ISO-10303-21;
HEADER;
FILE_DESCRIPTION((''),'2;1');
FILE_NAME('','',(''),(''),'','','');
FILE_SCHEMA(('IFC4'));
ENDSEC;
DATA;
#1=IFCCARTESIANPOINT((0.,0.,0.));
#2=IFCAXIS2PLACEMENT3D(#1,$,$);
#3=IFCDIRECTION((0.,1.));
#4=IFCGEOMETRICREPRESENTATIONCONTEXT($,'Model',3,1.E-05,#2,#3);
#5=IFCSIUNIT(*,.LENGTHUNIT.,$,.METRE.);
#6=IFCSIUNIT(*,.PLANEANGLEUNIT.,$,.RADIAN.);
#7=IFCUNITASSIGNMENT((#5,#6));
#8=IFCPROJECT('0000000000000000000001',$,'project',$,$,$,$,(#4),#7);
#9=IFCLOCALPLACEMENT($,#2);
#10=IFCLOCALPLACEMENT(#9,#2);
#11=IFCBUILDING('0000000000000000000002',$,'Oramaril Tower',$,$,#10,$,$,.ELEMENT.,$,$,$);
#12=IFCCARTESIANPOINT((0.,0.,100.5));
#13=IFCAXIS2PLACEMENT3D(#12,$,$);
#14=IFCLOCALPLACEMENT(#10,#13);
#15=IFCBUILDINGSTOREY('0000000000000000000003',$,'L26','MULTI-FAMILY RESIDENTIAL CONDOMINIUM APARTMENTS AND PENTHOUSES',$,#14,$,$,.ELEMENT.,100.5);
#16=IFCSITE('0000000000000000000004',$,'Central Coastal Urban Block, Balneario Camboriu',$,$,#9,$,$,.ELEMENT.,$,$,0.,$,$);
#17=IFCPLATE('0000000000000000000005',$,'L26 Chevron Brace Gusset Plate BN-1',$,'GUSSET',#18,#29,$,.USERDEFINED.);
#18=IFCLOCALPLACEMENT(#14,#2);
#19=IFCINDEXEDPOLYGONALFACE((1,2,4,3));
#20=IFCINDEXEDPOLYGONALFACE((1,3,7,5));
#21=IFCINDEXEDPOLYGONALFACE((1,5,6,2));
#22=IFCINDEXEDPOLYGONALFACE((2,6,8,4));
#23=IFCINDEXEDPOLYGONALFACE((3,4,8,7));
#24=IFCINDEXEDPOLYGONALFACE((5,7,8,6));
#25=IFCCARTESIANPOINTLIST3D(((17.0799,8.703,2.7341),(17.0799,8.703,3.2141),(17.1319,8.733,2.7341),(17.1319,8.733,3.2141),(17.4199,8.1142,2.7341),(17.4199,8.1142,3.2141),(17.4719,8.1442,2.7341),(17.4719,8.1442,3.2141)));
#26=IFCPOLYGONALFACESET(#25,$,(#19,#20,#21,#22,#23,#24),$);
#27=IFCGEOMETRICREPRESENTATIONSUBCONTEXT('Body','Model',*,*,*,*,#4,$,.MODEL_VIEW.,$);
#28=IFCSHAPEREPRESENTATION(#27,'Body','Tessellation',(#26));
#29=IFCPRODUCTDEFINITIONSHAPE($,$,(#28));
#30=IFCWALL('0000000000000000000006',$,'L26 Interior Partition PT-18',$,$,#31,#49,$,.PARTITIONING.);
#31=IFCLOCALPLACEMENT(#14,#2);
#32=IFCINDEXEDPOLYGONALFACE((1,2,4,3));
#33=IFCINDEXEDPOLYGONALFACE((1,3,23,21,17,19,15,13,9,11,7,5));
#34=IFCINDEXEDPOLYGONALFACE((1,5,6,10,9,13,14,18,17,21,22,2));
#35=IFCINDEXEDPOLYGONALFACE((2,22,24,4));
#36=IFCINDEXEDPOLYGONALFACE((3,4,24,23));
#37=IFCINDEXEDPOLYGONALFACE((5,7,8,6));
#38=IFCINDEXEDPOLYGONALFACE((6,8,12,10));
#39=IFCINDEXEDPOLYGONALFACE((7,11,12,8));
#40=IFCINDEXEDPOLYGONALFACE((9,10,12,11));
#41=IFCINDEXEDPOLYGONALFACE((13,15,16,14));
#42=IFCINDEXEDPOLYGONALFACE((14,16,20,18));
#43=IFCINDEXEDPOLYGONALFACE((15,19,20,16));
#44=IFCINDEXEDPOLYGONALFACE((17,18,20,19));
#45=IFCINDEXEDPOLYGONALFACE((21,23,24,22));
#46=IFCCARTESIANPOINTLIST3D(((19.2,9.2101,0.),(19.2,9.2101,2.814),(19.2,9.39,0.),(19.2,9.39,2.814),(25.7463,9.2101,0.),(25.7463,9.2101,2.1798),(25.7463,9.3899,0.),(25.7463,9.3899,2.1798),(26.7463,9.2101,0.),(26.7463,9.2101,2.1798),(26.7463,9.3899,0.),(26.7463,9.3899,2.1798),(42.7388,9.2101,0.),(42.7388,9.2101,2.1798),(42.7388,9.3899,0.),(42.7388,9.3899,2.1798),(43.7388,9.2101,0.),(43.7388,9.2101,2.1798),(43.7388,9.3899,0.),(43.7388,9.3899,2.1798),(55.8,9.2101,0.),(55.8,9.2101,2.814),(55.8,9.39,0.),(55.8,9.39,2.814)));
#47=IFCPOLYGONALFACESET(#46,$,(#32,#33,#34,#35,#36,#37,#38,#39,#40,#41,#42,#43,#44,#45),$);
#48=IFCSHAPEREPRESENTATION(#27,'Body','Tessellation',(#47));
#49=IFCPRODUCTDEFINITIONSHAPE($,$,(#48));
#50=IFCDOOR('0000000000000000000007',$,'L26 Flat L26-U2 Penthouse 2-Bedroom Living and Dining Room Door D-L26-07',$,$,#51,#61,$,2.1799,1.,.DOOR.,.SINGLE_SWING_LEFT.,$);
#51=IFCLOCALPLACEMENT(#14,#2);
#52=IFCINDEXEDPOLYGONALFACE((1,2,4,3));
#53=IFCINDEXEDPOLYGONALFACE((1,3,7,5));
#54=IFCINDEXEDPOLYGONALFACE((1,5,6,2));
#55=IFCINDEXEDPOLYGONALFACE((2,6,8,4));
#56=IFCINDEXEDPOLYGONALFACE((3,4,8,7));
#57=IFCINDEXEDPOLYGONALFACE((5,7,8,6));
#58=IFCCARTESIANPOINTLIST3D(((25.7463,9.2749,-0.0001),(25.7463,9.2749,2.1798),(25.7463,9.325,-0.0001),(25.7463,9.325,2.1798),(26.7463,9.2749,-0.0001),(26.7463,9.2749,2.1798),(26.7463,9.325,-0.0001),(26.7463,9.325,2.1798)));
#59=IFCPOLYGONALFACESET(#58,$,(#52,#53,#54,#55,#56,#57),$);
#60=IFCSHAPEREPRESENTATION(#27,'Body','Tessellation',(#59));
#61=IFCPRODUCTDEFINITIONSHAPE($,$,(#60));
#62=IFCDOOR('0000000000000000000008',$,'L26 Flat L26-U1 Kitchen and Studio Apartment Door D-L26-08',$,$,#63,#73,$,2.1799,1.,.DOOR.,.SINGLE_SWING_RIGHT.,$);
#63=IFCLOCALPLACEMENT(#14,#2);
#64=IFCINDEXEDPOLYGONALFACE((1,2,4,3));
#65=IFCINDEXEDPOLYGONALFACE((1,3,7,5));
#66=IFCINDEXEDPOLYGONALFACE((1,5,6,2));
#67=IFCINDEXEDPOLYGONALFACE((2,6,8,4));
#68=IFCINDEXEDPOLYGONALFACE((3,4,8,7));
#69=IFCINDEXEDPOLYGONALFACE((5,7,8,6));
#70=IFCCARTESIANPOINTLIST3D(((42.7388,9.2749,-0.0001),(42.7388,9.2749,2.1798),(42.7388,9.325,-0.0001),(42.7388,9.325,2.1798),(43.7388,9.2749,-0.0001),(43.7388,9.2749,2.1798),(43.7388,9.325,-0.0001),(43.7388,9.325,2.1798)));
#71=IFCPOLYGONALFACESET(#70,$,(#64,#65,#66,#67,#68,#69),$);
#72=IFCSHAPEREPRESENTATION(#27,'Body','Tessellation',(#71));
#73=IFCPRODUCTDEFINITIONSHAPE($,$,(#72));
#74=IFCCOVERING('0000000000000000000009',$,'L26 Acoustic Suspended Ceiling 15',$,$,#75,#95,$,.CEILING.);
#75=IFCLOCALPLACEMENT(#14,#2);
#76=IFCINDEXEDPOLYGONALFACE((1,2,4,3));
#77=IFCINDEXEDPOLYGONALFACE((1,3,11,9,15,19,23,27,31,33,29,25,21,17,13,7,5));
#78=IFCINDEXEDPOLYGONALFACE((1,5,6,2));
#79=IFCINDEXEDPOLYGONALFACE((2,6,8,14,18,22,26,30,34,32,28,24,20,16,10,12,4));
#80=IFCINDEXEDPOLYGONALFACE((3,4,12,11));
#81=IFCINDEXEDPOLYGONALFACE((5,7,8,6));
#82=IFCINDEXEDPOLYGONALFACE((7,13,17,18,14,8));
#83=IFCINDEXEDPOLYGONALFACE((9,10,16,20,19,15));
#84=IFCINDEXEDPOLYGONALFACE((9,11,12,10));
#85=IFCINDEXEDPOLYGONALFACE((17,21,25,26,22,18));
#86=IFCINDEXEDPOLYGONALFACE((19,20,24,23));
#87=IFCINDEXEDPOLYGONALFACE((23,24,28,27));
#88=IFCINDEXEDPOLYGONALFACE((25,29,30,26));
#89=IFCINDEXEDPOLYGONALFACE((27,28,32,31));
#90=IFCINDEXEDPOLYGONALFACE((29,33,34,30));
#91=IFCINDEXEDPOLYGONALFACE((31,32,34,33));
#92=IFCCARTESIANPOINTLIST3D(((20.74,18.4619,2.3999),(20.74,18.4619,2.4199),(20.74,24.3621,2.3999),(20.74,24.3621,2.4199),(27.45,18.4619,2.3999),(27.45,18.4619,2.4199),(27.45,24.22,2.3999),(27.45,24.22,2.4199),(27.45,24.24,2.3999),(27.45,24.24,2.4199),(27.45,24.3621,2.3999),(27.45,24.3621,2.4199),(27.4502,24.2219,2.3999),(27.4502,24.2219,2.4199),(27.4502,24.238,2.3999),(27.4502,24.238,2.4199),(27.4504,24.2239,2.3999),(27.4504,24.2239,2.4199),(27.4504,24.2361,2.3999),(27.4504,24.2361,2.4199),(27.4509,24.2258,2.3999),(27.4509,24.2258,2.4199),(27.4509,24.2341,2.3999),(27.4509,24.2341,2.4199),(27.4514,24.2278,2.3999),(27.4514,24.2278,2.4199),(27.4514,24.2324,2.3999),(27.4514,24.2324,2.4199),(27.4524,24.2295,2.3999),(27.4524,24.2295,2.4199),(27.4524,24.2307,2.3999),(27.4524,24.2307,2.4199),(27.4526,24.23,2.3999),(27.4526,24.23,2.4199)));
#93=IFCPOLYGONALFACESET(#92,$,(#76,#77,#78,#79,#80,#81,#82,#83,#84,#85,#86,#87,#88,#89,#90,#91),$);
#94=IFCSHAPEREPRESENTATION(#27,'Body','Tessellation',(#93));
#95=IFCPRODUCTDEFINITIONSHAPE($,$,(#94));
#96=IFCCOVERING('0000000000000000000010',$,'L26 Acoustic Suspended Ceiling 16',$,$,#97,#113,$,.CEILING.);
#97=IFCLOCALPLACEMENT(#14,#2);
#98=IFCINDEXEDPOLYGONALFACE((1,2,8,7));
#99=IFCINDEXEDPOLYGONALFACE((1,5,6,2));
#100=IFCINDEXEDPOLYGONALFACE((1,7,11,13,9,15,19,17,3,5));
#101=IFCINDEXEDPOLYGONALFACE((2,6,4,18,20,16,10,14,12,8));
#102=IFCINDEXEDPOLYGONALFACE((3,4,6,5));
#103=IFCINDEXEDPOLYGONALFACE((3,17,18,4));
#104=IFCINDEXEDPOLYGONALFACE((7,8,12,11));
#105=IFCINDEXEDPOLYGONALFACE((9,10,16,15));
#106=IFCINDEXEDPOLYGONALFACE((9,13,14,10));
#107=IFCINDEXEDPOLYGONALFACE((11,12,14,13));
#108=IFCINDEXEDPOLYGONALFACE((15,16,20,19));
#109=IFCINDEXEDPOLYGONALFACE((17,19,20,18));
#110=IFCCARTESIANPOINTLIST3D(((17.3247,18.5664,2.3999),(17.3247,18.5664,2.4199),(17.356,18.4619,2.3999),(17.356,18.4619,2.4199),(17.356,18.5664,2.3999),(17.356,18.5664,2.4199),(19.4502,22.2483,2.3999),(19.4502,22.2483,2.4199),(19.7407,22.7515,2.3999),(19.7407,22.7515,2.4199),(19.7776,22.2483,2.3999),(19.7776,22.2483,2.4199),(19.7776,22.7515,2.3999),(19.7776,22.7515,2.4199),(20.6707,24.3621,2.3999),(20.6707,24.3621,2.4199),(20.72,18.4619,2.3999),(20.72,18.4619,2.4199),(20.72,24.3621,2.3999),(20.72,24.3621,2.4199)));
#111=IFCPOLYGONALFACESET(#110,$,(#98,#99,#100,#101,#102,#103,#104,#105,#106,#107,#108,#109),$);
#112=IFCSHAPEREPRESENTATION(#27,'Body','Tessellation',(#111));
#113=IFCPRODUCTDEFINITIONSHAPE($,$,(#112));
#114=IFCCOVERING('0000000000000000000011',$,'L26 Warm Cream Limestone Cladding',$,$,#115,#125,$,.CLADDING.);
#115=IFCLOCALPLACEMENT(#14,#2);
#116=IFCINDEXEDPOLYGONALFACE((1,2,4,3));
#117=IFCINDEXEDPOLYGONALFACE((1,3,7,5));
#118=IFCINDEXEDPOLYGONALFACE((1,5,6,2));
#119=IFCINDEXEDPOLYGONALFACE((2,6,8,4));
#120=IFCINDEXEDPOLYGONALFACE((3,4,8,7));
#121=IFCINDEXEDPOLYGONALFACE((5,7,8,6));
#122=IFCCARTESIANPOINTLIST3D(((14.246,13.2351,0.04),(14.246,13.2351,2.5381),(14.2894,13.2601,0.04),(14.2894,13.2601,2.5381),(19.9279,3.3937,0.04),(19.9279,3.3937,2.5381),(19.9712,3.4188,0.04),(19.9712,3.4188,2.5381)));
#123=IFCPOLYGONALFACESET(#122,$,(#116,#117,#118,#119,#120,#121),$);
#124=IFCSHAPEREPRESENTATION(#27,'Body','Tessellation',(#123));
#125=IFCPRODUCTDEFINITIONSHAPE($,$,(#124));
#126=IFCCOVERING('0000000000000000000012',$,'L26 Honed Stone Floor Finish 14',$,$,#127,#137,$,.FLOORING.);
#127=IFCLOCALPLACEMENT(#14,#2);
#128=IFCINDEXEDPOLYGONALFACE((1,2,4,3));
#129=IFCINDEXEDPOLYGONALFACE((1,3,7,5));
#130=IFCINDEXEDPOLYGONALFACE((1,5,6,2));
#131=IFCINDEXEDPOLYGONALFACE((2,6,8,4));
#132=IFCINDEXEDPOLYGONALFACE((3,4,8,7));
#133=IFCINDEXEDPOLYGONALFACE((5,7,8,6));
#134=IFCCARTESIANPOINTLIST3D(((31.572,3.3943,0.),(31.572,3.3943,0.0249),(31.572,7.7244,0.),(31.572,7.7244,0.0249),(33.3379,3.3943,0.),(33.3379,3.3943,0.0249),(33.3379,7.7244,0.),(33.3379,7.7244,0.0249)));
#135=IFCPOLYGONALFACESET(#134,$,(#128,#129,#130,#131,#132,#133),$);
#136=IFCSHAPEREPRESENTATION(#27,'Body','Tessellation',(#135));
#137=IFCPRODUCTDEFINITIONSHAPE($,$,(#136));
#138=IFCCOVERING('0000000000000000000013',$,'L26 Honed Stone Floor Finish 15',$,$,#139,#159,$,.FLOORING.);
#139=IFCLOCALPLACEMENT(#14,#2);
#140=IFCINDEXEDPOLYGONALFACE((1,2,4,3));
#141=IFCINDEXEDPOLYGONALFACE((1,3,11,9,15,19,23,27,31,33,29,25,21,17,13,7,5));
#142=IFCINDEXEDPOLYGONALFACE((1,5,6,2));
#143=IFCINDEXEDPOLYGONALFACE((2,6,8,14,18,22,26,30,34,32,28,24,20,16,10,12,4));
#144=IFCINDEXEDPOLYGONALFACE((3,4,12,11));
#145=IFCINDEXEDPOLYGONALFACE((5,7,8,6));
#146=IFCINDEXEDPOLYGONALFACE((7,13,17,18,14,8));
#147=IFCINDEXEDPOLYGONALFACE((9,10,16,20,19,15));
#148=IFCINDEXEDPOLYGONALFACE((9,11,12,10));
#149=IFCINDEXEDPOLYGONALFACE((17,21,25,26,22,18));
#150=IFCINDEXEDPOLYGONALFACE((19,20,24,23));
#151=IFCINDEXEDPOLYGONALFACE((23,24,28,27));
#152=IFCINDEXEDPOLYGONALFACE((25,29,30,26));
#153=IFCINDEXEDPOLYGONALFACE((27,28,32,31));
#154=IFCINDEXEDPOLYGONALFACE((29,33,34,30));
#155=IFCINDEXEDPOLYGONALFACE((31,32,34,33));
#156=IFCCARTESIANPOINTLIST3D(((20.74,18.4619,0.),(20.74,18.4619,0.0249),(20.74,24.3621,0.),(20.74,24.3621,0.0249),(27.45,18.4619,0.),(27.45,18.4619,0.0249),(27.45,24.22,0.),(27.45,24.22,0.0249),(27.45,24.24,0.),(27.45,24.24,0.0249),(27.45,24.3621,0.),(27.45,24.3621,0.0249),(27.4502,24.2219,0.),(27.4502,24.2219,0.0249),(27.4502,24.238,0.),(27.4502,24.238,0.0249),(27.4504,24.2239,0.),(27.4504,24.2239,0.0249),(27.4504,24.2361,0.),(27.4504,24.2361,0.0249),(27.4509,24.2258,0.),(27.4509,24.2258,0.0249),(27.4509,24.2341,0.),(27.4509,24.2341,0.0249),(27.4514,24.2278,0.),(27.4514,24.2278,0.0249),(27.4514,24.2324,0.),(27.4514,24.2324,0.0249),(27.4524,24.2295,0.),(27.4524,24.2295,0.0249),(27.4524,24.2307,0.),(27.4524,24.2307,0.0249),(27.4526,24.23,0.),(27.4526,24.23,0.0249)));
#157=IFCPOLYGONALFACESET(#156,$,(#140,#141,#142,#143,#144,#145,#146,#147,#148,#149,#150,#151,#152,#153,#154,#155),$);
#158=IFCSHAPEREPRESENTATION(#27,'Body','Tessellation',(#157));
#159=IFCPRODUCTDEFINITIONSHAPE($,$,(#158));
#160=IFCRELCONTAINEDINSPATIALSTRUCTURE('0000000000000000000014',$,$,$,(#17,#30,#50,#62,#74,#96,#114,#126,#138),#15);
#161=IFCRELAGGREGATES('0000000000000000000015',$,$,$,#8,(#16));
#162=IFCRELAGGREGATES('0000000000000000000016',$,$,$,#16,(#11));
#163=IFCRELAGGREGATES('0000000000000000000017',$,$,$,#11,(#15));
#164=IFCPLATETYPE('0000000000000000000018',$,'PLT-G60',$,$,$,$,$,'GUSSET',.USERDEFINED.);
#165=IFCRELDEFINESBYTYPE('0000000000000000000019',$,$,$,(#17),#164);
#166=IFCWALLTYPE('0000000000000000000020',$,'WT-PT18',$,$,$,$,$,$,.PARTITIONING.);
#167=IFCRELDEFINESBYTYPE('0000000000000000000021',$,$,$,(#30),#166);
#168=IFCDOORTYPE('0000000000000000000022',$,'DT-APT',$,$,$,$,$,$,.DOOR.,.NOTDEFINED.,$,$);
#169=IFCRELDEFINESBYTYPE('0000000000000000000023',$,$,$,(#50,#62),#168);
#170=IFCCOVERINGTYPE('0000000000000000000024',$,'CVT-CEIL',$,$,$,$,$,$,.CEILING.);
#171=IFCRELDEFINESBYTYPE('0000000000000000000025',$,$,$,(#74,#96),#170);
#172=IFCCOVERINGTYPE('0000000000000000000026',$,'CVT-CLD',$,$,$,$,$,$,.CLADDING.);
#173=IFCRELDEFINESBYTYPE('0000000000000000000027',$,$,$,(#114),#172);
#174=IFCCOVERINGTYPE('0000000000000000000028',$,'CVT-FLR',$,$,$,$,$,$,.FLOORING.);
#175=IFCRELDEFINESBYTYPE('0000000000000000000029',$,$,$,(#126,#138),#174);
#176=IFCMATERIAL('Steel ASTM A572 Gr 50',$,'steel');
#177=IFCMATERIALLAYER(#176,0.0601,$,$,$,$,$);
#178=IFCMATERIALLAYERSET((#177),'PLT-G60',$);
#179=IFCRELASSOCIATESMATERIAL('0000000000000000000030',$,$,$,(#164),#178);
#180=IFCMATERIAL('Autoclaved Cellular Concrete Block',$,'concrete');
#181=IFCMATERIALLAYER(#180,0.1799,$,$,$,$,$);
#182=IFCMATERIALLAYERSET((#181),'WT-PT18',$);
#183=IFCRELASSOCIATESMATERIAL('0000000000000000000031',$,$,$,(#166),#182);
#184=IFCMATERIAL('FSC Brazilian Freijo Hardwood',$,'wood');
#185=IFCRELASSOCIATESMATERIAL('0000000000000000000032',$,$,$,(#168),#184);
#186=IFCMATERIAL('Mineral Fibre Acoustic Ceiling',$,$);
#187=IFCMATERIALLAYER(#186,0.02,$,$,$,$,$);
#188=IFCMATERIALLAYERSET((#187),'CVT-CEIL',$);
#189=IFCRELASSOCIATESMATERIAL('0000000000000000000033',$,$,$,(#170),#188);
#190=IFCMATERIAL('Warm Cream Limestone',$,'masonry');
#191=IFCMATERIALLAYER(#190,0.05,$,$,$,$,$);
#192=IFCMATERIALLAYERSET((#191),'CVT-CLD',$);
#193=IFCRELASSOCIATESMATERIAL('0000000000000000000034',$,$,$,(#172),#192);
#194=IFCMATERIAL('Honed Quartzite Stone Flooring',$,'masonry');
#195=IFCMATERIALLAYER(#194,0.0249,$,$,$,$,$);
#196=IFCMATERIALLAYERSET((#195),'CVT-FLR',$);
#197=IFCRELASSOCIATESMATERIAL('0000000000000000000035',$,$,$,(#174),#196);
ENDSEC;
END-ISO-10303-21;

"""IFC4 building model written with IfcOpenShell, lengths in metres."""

from ifc_helpers import new_model, si_unit, direction, frame, frame_2d, origin, origin_2d, place, context, subcontext, project, spatial, polyline, rectangle, outline, extrude, material, layer, layer_set, type_object, element, fill, save


model = new_model("IFC4")

# Units and contexts
model_context = context("Model", 3, precision=1e-05, world=origin(), true_north=direction((0.0, 1.0)))
body_context = subcontext(model_context, "Body", "Model", "MODEL_VIEW")
ifc_project = project(units=[si_unit("LENGTHUNIT", "METRE"), si_unit("PLANEANGLEUNIT", "RADIAN")], contexts=[model_context])

# Site, building, storey
site_placement = place(None, origin())
site = spatial("IfcSite", under=ifc_project, at=site_placement, Name="Central Coastal Urban Block, Balneario Camboriu", CompositionType="ELEMENT", RefElevation=0.0)
building_placement = place(site_placement, origin())
building = spatial("IfcBuilding", under=site, at=building_placement, Name="Oramaril Tower", CompositionType="ELEMENT")
storey_placement = place(building_placement, frame((0.0, 0.0, 100.5)))
storey = spatial("IfcBuildingStorey", under=building, at=storey_placement, Name="L26", Description="MULTI-FAMILY RESIDENTIAL CONDOMINIUM APARTMENTS AND PENTHOUSES", CompositionType="ELEMENT", Elevation=100.5)

# Plate
ifc_material_1 = material(Name="Steel ASTM A572 Gr 50", Category="steel")
ifc_layer_1 = layer(ifc_material_1, 0.0601)
ifc_layer_set_1 = layer_set([ifc_layer_1], Name="PLT-G60")
plate_type = type_object("IfcPlateType", Name="PLT-G60", ElementType="GUSSET", PredefinedType="USERDEFINED", material=ifc_layer_set_1)
plate_placement = place(storey_placement, frame((17.2759, 8.4236, 2.7341), z_axis=(0.0, 0.0, 1.0), x_axis=(0.499998, -0.866026, 0.0)))
element("IfcPlate", 1, at=plate_placement, inside=storey, type_object=plate_type, Name="L26 Chevron Brace Gusset Plate BN-1", ObjectType="GUSSET", PredefinedType="USERDEFINED", context=body_context, shape_type="SweptSolid", body=[
    extrude(rectangle(XDim=0.6799, YDim=0.0601, at=origin_2d()), origin(), (0.0, 0.0, 1.0), 0.48),
])

# Wall, openings, doors
ifc_material_2 = material(Name="Autoclaved Cellular Concrete Block", Category="concrete")
ifc_layer_2 = layer(ifc_material_2, 0.1799)
ifc_layer_set_2 = layer_set([ifc_layer_2], Name="WT-PT18")
wall_type_1 = type_object("IfcWallType", Name="WT-PT18", PredefinedType="PARTITIONING", material=ifc_layer_set_2)
wall_1_placement = place(storey_placement, frame((19.2, 9.3, 0.0), z_axis=(0.0, 0.0, 1.0), x_axis=(1.0, 0.0, 0.0)))
wall_1 = element("IfcWall", 2, at=wall_1_placement, inside=storey, type_object=wall_type_1, Name="L26 Interior Partition PT-18", PredefinedType="PARTITIONING", context=body_context, shape_type="SweptSolid", body=[
    extrude(rectangle(XDim=36.6001, YDim=0.1799, at=frame_2d((18.3, 0.0))), origin(), (0.0, 0.0, 1.0), 2.814),
])
opening_1_placement = place(wall_1_placement, frame((6.5464, 0.0, 0.0)))
opening_1 = element("IfcOpeningElement", 3, at=opening_1_placement, cuts=wall_1, PredefinedType="OPENING", context=body_context, shape_type="SweptSolid", body=[
    extrude(rectangle(XDim=1.0, YDim=2.1799, at=frame_2d((0.5, 1.0898))), frame((0.0, 0.0898, 0.0), z_axis=(0.0, -1.0, 0.0), x_axis=(1.0, 0.0, 0.0)), (0.0, 0.0, 1.0), 0.1799),
])
opening_2_placement = place(wall_1_placement, frame((23.5388, 0.0, 0.0)))
opening_2 = element("IfcOpeningElement", 4, at=opening_2_placement, cuts=wall_1, PredefinedType="OPENING", context=body_context, shape_type="SweptSolid", body=[
    extrude(rectangle(XDim=1.0, YDim=2.1799, at=frame_2d((0.5, 1.0898))), frame((0.0, 0.0898, 0.0), z_axis=(0.0, -1.0, 0.0), x_axis=(1.0, 0.0, 0.0)), (0.0, 0.0, 1.0), 0.1799),
])
ifc_material_3 = material(Name="FSC Brazilian Freijo Hardwood", Category="wood")
door_type_1 = type_object("IfcDoorType", Name="DT-APT", OperationType="NOTDEFINED", PredefinedType="DOOR", material=ifc_material_3)
door_1_placement = place(opening_1_placement, origin())
door_1 = element("IfcDoor", 5, at=door_1_placement, inside=storey, type_object=door_type_1, Name="L26 Flat L26-U2 Penthouse 2-Bedroom Living and Dining Room Door D-L26-07", OperationType="SINGLE_SWING_LEFT", OverallHeight=2.1799, OverallWidth=1.0, PredefinedType="DOOR", context=body_context, shape_type="SweptSolid", body=[
    extrude(rectangle(XDim=1.0, YDim=2.1799, at=frame_2d((0.5, 1.0898))), frame((0.0, 0.0249, 0.0), z_axis=(0.0, -1.0, 0.0), x_axis=(1.0, 0.0, 0.0)), (0.0, 0.0, 1.0), 0.05),
])
fill(opening_1, door_1)
door_2_placement = place(opening_2_placement, origin())
door_2 = element("IfcDoor", 6, at=door_2_placement, inside=storey, type_object=door_type_1, Name="L26 Flat L26-U1 Kitchen and Studio Apartment Door D-L26-08", OperationType="SINGLE_SWING_RIGHT", OverallHeight=2.1799, OverallWidth=1.0, PredefinedType="DOOR", context=body_context, shape_type="SweptSolid", body=[
    extrude(rectangle(XDim=1.0, YDim=2.1799, at=frame_2d((0.5, 1.0898))), frame((0.0, 0.0249, 0.0), z_axis=(0.0, -1.0, 0.0), x_axis=(1.0, 0.0, 0.0)), (0.0, 0.0, 1.0), 0.05),
])
fill(opening_2, door_2)

# Coverings
ifc_material_4 = material(Name="Mineral Fibre Acoustic Ceiling")
ifc_layer_3 = layer(ifc_material_4, 0.02)
ifc_layer_set_3 = layer_set([ifc_layer_3], Name="CVT-CEIL")
covering_type_1 = type_object("IfcCoveringType", Name="CVT-CEIL", PredefinedType="CEILING", material=ifc_layer_set_3)
covering_1_placement = place(storey_placement, frame((0.0, 0.0, 2.3999)))
element("IfcCovering", 7, at=covering_1_placement, inside=storey, type_object=covering_type_1, Name="L26 Acoustic Suspended Ceiling 15", PredefinedType="CEILING", context=body_context, shape_type="SweptSolid", body=[
    extrude(outline(polyline([(27.45, 24.3621), (27.45, 24.24), (27.4502, 24.238), (27.4504, 24.2361), (27.4509, 24.2341), (27.4514, 24.2324), (27.4524, 24.2307), (27.4526, 24.23), (27.4524, 24.2295), (27.4514, 24.2278), (27.4509, 24.2258), (27.4504, 24.2239), (27.4502, 24.2219), (27.45, 24.22), (27.45, 18.4619), (20.74, 18.4619), (20.74, 24.3621), (27.45, 24.3621)])), origin(), (0.0, 0.0, 1.0), 0.02),
])
covering_2_placement = place(storey_placement, frame((0.0, 0.0, 2.3999)))
element("IfcCovering", 8, at=covering_2_placement, inside=storey, type_object=covering_type_1, Name="L26 Acoustic Suspended Ceiling 16", PredefinedType="CEILING", context=body_context, shape_type="SweptSolid", body=[
    extrude(outline(polyline([(19.7776, 22.2483), (19.7776, 22.7515), (19.7407, 22.7515), (20.6707, 24.3621), (20.72, 24.3621), (20.72, 18.4619), (17.356, 18.4619), (17.356, 18.5664), (17.3247, 18.5664), (19.4502, 22.2483), (19.7776, 22.2483)])), origin(), (0.0, 0.0, 1.0), 0.02),
])
ifc_material_5 = material(Name="Warm Cream Limestone", Category="masonry")
ifc_layer_4 = layer(ifc_material_5, 0.05)
ifc_layer_set_4 = layer_set([ifc_layer_4], Name="CVT-CLD")
covering_type_2 = type_object("IfcCoveringType", Name="CVT-CLD", PredefinedType="CLADDING", material=ifc_layer_set_4)
covering_3_placement = place(storey_placement, frame((17.1086, 8.3269, 0.04), z_axis=(0.0, 0.0, 1.0), x_axis=(0.499998, -0.866026, 0.0)))
element("IfcCovering", 9, at=covering_3_placement, inside=storey, type_object=covering_type_2, Name="L26 Warm Cream Limestone Cladding", PredefinedType="CLADDING", context=body_context, shape_type="SweptSolid", body=[
    extrude(rectangle(XDim=11.3638, YDim=0.05, at=origin_2d()), origin(), (0.0, 0.0, 1.0), 2.498),
])
ifc_material_6 = material(Name="Honed Quartzite Stone Flooring", Category="masonry")
ifc_layer_5 = layer(ifc_material_6, 0.0249)
ifc_layer_set_5 = layer_set([ifc_layer_5], Name="CVT-FLR")
covering_type_3 = type_object("IfcCoveringType", Name="CVT-FLR", PredefinedType="FLOORING", material=ifc_layer_set_5)
covering_4_placement = place(storey_placement, origin())
element("IfcCovering", 10, at=covering_4_placement, inside=storey, type_object=covering_type_3, Name="L26 Honed Stone Floor Finish 14", PredefinedType="FLOORING", context=body_context, shape_type="SweptSolid", body=[
    extrude(outline(polyline([(31.572, 3.3943), (31.572, 7.7244), (33.3379, 7.7244), (33.3379, 3.3943), (31.572, 3.3943)])), origin(), (0.0, 0.0, 1.0), 0.0249),
])
covering_5_placement = place(storey_placement, origin())
element("IfcCovering", 11, at=covering_5_placement, inside=storey, type_object=covering_type_3, Name="L26 Honed Stone Floor Finish 15", PredefinedType="FLOORING", context=body_context, shape_type="SweptSolid", body=[
    extrude(outline(polyline([(27.45, 24.3621), (27.45, 24.24), (27.4502, 24.238), (27.4504, 24.2361), (27.4509, 24.2341), (27.4514, 24.2324), (27.4524, 24.2307), (27.4526, 24.23), (27.4524, 24.2295), (27.4514, 24.2278), (27.4509, 24.2258), (27.4504, 24.2239), (27.4502, 24.2219), (27.45, 24.22), (27.45, 18.4619), (20.74, 18.4619), (20.74, 24.3621), (27.45, 24.3621)])), origin(), (0.0, 0.0, 1.0), 0.0249),
])

save(model, "model.ifc")
